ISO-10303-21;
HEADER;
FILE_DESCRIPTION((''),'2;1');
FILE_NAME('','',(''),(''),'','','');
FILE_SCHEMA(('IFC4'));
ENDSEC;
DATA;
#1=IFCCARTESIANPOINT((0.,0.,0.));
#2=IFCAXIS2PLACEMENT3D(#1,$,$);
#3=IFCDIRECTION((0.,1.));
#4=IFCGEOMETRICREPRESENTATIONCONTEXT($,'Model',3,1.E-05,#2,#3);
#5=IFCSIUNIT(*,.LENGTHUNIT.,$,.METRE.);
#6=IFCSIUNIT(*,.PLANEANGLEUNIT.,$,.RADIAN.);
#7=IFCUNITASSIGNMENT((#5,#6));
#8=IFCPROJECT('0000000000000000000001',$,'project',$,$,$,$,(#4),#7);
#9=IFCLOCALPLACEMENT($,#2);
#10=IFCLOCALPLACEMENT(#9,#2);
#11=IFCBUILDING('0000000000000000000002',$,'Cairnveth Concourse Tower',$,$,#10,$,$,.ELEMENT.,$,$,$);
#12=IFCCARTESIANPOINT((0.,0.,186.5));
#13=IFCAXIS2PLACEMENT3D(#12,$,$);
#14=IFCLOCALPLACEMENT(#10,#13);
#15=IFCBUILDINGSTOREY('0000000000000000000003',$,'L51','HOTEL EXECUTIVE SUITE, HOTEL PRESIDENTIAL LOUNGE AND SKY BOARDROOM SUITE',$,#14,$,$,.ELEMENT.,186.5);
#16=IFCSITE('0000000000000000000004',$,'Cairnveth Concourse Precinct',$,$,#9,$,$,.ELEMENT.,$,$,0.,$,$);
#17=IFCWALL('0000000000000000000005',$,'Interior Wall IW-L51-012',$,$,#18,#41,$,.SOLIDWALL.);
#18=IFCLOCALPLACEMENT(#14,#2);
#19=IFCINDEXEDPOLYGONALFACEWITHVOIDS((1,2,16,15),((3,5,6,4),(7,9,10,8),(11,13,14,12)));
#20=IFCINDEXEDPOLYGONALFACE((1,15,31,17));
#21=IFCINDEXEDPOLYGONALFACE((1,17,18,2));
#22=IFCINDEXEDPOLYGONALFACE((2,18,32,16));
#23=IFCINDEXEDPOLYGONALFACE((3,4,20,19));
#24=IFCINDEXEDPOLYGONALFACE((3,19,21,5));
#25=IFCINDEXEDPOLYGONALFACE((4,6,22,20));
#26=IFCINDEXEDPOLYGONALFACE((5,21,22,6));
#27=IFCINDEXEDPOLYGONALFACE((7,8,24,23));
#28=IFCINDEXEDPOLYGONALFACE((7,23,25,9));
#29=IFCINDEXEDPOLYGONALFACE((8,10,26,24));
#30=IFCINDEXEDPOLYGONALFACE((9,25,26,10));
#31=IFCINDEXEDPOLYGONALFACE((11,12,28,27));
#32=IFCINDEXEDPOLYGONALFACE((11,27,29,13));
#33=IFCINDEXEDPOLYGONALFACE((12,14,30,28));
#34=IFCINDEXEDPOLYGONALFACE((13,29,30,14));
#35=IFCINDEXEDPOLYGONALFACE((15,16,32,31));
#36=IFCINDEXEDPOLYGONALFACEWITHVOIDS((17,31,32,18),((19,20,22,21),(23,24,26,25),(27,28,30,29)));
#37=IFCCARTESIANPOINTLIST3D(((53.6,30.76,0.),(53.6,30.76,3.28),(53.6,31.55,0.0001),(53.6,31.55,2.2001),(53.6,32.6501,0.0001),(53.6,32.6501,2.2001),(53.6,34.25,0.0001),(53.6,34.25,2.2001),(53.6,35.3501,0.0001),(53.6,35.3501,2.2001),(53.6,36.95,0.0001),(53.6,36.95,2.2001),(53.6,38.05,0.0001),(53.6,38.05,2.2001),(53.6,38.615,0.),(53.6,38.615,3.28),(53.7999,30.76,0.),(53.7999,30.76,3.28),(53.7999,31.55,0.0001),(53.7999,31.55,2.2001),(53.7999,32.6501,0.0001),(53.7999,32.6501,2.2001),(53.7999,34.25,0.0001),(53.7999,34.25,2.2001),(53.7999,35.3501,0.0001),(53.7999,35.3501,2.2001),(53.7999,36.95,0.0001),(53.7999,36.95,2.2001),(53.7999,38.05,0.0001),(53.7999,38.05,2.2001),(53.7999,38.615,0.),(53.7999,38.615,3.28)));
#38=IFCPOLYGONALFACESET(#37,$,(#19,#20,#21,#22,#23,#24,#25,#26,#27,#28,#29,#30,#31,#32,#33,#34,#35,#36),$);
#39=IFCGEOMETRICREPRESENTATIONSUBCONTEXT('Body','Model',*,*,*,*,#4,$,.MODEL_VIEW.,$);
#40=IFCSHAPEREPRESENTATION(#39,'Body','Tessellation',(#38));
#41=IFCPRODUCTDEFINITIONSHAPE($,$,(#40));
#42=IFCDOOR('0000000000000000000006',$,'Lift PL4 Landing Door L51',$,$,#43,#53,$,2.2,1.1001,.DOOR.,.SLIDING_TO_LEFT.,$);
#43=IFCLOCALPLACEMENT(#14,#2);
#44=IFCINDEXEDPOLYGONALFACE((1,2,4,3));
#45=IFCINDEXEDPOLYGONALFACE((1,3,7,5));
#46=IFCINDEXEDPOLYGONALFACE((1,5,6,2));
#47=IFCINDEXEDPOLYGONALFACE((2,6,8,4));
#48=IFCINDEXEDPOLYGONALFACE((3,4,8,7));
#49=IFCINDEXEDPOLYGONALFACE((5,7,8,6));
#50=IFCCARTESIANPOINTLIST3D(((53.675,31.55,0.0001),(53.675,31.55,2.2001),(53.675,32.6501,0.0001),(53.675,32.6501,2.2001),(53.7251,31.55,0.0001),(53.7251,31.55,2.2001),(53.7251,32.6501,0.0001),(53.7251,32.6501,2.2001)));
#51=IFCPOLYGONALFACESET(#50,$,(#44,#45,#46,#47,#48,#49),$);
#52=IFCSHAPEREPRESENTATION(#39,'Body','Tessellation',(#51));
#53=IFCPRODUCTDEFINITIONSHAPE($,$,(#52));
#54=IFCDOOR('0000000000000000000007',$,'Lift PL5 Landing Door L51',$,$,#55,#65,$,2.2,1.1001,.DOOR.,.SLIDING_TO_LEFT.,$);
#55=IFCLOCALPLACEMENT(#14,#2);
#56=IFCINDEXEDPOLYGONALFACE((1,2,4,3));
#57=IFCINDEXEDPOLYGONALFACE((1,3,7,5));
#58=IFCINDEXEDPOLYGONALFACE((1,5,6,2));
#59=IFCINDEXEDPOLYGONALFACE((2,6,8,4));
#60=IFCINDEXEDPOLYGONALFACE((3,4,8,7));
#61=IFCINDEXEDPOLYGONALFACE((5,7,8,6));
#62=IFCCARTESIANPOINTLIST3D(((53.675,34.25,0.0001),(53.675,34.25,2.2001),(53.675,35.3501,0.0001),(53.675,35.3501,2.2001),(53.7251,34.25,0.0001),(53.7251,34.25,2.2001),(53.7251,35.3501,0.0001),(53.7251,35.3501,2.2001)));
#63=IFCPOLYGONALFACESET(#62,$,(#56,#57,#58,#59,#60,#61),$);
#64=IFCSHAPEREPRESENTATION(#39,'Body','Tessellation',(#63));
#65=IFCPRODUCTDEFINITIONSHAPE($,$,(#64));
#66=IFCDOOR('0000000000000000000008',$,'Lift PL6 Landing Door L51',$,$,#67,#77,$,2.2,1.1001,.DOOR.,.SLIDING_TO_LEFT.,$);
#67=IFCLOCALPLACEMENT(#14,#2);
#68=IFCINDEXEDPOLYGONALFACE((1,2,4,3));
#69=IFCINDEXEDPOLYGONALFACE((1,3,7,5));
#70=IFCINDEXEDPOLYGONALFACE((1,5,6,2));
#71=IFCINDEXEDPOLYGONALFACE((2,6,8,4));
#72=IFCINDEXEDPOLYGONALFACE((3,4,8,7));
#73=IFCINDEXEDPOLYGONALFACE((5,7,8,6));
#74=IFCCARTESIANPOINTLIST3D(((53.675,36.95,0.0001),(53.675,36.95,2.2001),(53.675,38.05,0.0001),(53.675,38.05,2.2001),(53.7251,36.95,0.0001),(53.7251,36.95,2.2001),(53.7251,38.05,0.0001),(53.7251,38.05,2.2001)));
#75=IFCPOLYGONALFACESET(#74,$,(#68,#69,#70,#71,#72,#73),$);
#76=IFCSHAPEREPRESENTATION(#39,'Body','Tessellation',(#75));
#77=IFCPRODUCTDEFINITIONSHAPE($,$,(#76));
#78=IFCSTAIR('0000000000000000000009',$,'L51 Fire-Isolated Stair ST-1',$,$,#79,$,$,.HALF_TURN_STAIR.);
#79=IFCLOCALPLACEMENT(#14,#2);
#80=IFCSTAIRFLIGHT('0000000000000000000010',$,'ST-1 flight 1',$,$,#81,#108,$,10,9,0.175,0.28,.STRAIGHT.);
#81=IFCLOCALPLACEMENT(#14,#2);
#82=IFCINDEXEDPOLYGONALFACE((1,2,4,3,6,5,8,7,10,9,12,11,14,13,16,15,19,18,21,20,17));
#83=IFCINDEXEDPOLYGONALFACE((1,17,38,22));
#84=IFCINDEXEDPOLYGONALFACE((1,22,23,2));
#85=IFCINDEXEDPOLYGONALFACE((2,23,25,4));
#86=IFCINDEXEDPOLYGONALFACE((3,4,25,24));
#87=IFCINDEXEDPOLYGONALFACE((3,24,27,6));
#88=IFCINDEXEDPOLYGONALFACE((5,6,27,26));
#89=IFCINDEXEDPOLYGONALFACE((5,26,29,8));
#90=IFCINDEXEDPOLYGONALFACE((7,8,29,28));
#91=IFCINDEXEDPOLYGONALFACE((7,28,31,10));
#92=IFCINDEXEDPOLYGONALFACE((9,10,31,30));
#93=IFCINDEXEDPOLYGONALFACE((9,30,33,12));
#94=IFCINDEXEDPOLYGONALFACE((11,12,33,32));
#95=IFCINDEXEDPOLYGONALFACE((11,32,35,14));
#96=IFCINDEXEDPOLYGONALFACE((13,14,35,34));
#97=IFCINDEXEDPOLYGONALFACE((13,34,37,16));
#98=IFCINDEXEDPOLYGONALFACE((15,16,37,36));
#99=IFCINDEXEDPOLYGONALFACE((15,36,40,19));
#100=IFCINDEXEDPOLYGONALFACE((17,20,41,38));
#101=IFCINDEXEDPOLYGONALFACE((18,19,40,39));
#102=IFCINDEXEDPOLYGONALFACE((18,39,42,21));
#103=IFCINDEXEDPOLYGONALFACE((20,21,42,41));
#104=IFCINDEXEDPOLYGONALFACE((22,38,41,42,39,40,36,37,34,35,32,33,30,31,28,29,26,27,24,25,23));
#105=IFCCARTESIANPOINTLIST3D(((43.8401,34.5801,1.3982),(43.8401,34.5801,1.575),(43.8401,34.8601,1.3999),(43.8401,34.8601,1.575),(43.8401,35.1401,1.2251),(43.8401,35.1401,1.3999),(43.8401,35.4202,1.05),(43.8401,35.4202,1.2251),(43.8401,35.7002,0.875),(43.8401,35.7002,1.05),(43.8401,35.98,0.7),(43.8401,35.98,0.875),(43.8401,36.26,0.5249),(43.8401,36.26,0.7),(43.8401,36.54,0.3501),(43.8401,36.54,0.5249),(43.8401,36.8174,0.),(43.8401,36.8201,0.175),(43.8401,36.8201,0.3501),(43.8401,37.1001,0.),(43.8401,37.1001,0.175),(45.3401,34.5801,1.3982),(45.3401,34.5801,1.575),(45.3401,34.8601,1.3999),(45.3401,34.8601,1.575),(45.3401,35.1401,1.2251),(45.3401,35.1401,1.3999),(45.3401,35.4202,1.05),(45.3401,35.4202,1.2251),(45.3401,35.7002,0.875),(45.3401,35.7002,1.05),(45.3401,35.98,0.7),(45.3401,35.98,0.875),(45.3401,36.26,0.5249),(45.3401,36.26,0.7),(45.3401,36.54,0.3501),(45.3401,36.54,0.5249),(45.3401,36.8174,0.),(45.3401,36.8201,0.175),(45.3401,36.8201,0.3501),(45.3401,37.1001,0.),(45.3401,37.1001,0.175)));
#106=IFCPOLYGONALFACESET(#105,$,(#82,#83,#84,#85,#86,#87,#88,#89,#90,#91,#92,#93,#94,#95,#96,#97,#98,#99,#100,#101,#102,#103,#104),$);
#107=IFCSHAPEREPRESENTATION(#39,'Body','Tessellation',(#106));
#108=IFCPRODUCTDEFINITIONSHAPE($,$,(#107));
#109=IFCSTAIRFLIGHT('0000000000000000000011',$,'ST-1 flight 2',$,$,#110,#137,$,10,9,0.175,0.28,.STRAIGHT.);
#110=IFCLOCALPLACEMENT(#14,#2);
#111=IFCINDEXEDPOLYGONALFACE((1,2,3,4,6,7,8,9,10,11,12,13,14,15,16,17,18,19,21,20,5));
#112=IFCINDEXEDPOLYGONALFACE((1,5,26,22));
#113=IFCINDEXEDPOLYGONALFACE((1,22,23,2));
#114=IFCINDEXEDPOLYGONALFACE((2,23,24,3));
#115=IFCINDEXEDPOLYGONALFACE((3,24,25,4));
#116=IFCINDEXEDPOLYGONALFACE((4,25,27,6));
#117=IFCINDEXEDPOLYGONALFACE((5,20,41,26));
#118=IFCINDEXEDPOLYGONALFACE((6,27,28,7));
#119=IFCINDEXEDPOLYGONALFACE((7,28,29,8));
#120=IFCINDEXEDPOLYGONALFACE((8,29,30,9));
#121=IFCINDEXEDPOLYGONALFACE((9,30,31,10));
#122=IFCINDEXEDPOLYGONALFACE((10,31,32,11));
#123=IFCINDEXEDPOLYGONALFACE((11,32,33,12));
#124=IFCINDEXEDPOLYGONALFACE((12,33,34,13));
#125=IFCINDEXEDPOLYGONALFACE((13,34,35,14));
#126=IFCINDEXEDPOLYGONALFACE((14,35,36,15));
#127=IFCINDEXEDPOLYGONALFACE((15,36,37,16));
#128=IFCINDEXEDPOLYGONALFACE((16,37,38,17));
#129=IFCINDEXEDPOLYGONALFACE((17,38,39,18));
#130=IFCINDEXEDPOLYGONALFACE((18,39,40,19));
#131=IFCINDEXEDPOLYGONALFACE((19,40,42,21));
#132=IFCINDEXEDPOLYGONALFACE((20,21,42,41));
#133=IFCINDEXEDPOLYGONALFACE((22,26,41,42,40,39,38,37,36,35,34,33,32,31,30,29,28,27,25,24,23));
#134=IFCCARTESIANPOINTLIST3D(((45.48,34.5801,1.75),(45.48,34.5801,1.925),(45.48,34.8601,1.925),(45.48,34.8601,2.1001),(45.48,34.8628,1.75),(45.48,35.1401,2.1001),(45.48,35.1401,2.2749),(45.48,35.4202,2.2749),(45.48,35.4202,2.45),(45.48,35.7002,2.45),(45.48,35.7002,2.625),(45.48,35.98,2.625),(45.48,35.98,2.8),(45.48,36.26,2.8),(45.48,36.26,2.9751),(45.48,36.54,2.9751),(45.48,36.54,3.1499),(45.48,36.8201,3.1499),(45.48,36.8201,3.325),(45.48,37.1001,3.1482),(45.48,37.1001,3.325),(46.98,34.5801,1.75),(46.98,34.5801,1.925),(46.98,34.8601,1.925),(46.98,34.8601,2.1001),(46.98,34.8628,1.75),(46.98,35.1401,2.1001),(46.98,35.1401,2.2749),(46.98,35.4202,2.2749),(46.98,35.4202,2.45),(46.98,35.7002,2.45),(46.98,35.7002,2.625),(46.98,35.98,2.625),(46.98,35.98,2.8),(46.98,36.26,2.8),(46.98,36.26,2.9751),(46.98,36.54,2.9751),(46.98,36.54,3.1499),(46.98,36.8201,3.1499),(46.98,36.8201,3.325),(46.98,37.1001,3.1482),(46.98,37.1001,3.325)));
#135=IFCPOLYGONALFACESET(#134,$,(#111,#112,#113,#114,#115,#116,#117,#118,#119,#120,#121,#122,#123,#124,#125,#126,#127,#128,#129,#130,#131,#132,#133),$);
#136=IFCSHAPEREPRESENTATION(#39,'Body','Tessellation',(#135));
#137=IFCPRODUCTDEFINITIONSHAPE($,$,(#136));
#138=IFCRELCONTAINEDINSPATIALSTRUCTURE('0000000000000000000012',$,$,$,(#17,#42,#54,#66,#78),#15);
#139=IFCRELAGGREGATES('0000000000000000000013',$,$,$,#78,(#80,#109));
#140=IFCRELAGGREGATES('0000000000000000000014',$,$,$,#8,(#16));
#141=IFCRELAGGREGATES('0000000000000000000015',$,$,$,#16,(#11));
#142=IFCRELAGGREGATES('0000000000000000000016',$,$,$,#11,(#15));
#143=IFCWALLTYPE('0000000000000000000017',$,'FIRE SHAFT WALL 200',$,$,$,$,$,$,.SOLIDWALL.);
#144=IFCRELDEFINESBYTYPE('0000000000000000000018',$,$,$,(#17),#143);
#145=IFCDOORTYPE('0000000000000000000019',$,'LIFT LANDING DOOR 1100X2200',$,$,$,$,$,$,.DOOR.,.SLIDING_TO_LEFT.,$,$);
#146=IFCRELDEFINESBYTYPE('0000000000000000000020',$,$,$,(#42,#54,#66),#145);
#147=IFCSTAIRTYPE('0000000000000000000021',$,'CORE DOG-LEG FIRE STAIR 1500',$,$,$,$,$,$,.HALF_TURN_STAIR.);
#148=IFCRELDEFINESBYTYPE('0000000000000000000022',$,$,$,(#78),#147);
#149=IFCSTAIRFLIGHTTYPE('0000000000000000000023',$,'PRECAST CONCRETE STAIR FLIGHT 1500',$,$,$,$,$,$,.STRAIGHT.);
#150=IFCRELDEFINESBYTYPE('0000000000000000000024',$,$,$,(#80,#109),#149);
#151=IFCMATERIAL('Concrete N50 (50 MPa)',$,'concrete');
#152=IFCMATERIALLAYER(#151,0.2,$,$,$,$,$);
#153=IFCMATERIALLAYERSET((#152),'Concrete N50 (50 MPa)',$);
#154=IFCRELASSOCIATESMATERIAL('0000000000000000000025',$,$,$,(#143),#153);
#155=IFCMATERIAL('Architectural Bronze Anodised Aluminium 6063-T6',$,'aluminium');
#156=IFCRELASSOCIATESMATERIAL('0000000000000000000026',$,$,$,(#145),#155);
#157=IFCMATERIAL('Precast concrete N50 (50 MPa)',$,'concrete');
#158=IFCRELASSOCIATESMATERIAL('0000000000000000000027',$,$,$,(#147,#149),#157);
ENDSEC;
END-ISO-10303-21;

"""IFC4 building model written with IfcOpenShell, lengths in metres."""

from ifc_helpers import new_model, si_unit, direction, frame, frame_2d, origin, place, context, subcontext, project, spatial, polyline, rectangle, outline, extrude, material, layer, layer_set, type_object, element, fill, aggregate, save


model = new_model("IFC4")

# Units and contexts
model_context = context("Model", 3, precision=1e-05, world=origin(), true_north=direction((0.0, 1.0)))
body_context = subcontext(model_context, "Body", "Model", "MODEL_VIEW")
ifc_project = project(units=[si_unit("LENGTHUNIT", "METRE"), si_unit("PLANEANGLEUNIT", "RADIAN")], contexts=[model_context])

# Site, building, storey
site_placement = place(None, origin())
site = spatial("IfcSite", under=ifc_project, at=site_placement, Name="Cairnveth Concourse Precinct", CompositionType="ELEMENT", RefElevation=0.0)
building_placement = place(site_placement, origin())
building = spatial("IfcBuilding", under=site, at=building_placement, Name="Cairnveth Concourse Tower", CompositionType="ELEMENT")
storey_placement = place(building_placement, frame((0.0, 0.0, 186.5)))
storey = spatial("IfcBuildingStorey", under=building, at=storey_placement, Name="L51", Description="HOTEL EXECUTIVE SUITE, HOTEL PRESIDENTIAL LOUNGE AND SKY BOARDROOM SUITE", CompositionType="ELEMENT", Elevation=186.5)

# Shared definitions
ifc_material_1 = material(Name="Concrete N50 (50 MPa)", Category="concrete")

# Shared definitions
ifc_layer_1 = layer(ifc_material_1, 0.2)
ifc_layer_set_1 = layer_set([ifc_layer_1], Name="Concrete N50 (50 MPa)")
wall_type_1 = type_object("IfcWallType", Name="FIRE SHAFT WALL 200", PredefinedType="SOLIDWALL", material=ifc_layer_set_1)

# Wall, openings, doors
wall_1_placement = place(storey_placement, frame((53.7, 30.76, 0.0), z_axis=(0.0, 0.0, 1.0), x_axis=(0.0, 1.0, 0.0)))
wall_1 = element("IfcWall", 1, at=wall_1_placement, inside=storey, type_object=wall_type_1, Name="Interior Wall IW-L51-012", PredefinedType="SOLIDWALL", context=body_context, shape_type="SweptSolid", body=[
    extrude(rectangle(XDim=7.855, YDim=0.2, at=frame_2d((3.9275, 0.0))), origin(), (0.0, 0.0, 1.0), 3.28),
])
opening_1_placement = place(wall_1_placement, frame((0.79, 0.0, 0.0)))
opening_1 = element("IfcOpeningElement", 2, at=opening_1_placement, cuts=wall_1, PredefinedType="OPENING", context=body_context, shape_type="SweptSolid", body=[
    extrude(rectangle(XDim=1.1001, YDim=2.2, at=frame_2d((0.55, 1.1001))), frame((0.0, 0.1099, 0.0), z_axis=(0.0, -1.0, 0.0), x_axis=(1.0, 0.0, 0.0)), (0.0, 0.0, 1.0), 0.22),
])
opening_2_placement = place(wall_1_placement, frame((3.49, 0.0, 0.0)))
opening_2 = element("IfcOpeningElement", 3, at=opening_2_placement, cuts=wall_1, PredefinedType="OPENING", context=body_context, shape_type="SweptSolid", body=[
    extrude(rectangle(XDim=1.1001, YDim=2.2, at=frame_2d((0.55, 1.1001))), frame((0.0, 0.1099, 0.0), z_axis=(0.0, -1.0, 0.0), x_axis=(1.0, 0.0, 0.0)), (0.0, 0.0, 1.0), 0.22),
])
opening_3_placement = place(wall_1_placement, frame((6.1899, 0.0, 0.0)))
opening_3 = element("IfcOpeningElement", 4, at=opening_3_placement, cuts=wall_1, PredefinedType="OPENING", context=body_context, shape_type="SweptSolid", body=[
    extrude(rectangle(XDim=1.1001, YDim=2.2, at=frame_2d((0.55, 1.1001))), frame((0.0, 0.1099, 0.0), z_axis=(0.0, -1.0, 0.0), x_axis=(1.0, 0.0, 0.0)), (0.0, 0.0, 1.0), 0.22),
])
ifc_material_2 = material(Name="Architectural Bronze Anodised Aluminium 6063-T6", Category="aluminium")
door_type_1 = type_object("IfcDoorType", Name="LIFT LANDING DOOR 1100X2200", OperationType="SLIDING_TO_LEFT", PredefinedType="DOOR", material=ifc_material_2)
door_1_placement = place(opening_1_placement, origin())
door_1 = element("IfcDoor", 5, at=door_1_placement, inside=storey, type_object=door_type_1, Name="Lift PL4 Landing Door L51", OperationType="SLIDING_TO_LEFT", OverallHeight=2.2, OverallWidth=1.1001, PredefinedType="DOOR", context=body_context, shape_type="SweptSolid", body=[
    extrude(rectangle(XDim=1.1001, YDim=2.2, at=frame_2d((0.55, 1.1001))), frame((0.0, 0.0249, 0.0), z_axis=(0.0, -1.0, 0.0), x_axis=(1.0, 0.0, 0.0)), (0.0, 0.0, 1.0), 0.05),
])
fill(opening_1, door_1)
door_2_placement = place(opening_2_placement, origin())
door_2 = element("IfcDoor", 6, at=door_2_placement, inside=storey, type_object=door_type_1, Name="Lift PL5 Landing Door L51", OperationType="SLIDING_TO_LEFT", OverallHeight=2.2, OverallWidth=1.1001, PredefinedType="DOOR", context=body_context, shape_type="SweptSolid", body=[
    extrude(rectangle(XDim=1.1001, YDim=2.2, at=frame_2d((0.55, 1.1001))), frame((0.0, 0.0249, 0.0), z_axis=(0.0, -1.0, 0.0), x_axis=(1.0, 0.0, 0.0)), (0.0, 0.0, 1.0), 0.05),
])
fill(opening_2, door_2)
door_3_placement = place(opening_3_placement, origin())
door_3 = element("IfcDoor", 7, at=door_3_placement, inside=storey, type_object=door_type_1, Name="Lift PL6 Landing Door L51", OperationType="SLIDING_TO_LEFT", OverallHeight=2.2, OverallWidth=1.1001, PredefinedType="DOOR", context=body_context, shape_type="SweptSolid", body=[
    extrude(rectangle(XDim=1.1001, YDim=2.2, at=frame_2d((0.55, 1.1001))), frame((0.0, 0.0249, 0.0), z_axis=(0.0, -1.0, 0.0), x_axis=(1.0, 0.0, 0.0)), (0.0, 0.0, 1.0), 0.05),
])
fill(opening_3, door_3)

# Stair, stair flights
ifc_material_3 = material(Name="Precast concrete N50 (50 MPa)", Category="concrete")
stair_type = type_object("IfcStairType", Name="CORE DOG-LEG FIRE STAIR 1500", PredefinedType="HALF_TURN_STAIR", material=ifc_material_3)
stair_placement = place(storey_placement, origin())
stair = element("IfcStair", 8, at=stair_placement, inside=storey, type_object=stair_type, Name="L51 Fire-Isolated Stair ST-1", PredefinedType="HALF_TURN_STAIR")
stair_flight_type = type_object("IfcStairFlightType", Name="PRECAST CONCRETE STAIR FLIGHT 1500", PredefinedType="STRAIGHT", material=ifc_material_3)
stair_flight_1_placement = place(storey_placement, frame((44.5901, 37.1001, 0.0), z_axis=(0.0, 0.0, 1.0), x_axis=(0.0, -1.0, 0.0)))
stair_flight_1 = element("IfcStairFlight", 9, at=stair_flight_1_placement, type_object=stair_flight_type, Name="ST-1 flight 1", NumberOfRisers=10, NumberOfTreads=9, PredefinedType="STRAIGHT", RiserHeight=0.175, TreadLength=0.28, context=body_context, shape_type="SweptSolid", body=[
    extrude(outline(polyline([(0.0, 0.0), (0.0, 0.175), (0.28, 0.175), (0.28, 0.3501), (0.5601, 0.3501), (0.5601, 0.5249), (0.8401, 0.5249), (0.8401, 0.7), (1.1201, 0.7), (1.1201, 0.875), (1.3999, 0.875), (1.3999, 1.05), (1.6799, 1.05), (1.6799, 1.2251), (1.96, 1.2251), (1.96, 1.3999), (2.24, 1.3999), (2.24, 1.575), (2.52, 1.575), (2.52, 1.75), (2.52, 1.3982), (0.2827, 0.0), (0.0, 0.0)])), frame((0.0, 0.75, 0.0), z_axis=(0.0, -1.0, 0.0), x_axis=(1.0, 0.0, 0.0)), (0.0, 0.0, 1.0), 1.5),
])
stair_flight_2_placement = place(storey_placement, frame((46.23, 34.5801, 1.75), z_axis=(0.0, 0.0, 1.0), x_axis=(0.0, 1.0, 0.0)))
stair_flight_2 = element("IfcStairFlight", 10, at=stair_flight_2_placement, type_object=stair_flight_type, Name="ST-1 flight 2", NumberOfRisers=10, NumberOfTreads=9, PredefinedType="STRAIGHT", RiserHeight=0.175, TreadLength=0.28, context=body_context, shape_type="SweptSolid", body=[
    extrude(outline(polyline([(0.0, 0.0), (0.0, 0.175), (0.28, 0.175), (0.28, 0.3501), (0.5601, 0.3501), (0.5601, 0.5249), (0.8401, 0.5249), (0.8401, 0.7), (1.1201, 0.7), (1.1201, 0.875), (1.3999, 0.875), (1.3999, 1.05), (1.6799, 1.05), (1.6799, 1.2251), (1.96, 1.2251), (1.96, 1.3999), (2.24, 1.3999), (2.24, 1.575), (2.52, 1.575), (2.52, 1.75), (2.52, 1.3982), (0.2827, 0.0), (0.0, 0.0)])), frame((0.0, 0.75, 0.0), z_axis=(0.0, -1.0, 0.0), x_axis=(1.0, 0.0, 0.0)), (0.0, 0.0, 1.0), 1.5),
])
aggregate(stair, [stair_flight_1, stair_flight_2])

save(model, "model.ifc")
